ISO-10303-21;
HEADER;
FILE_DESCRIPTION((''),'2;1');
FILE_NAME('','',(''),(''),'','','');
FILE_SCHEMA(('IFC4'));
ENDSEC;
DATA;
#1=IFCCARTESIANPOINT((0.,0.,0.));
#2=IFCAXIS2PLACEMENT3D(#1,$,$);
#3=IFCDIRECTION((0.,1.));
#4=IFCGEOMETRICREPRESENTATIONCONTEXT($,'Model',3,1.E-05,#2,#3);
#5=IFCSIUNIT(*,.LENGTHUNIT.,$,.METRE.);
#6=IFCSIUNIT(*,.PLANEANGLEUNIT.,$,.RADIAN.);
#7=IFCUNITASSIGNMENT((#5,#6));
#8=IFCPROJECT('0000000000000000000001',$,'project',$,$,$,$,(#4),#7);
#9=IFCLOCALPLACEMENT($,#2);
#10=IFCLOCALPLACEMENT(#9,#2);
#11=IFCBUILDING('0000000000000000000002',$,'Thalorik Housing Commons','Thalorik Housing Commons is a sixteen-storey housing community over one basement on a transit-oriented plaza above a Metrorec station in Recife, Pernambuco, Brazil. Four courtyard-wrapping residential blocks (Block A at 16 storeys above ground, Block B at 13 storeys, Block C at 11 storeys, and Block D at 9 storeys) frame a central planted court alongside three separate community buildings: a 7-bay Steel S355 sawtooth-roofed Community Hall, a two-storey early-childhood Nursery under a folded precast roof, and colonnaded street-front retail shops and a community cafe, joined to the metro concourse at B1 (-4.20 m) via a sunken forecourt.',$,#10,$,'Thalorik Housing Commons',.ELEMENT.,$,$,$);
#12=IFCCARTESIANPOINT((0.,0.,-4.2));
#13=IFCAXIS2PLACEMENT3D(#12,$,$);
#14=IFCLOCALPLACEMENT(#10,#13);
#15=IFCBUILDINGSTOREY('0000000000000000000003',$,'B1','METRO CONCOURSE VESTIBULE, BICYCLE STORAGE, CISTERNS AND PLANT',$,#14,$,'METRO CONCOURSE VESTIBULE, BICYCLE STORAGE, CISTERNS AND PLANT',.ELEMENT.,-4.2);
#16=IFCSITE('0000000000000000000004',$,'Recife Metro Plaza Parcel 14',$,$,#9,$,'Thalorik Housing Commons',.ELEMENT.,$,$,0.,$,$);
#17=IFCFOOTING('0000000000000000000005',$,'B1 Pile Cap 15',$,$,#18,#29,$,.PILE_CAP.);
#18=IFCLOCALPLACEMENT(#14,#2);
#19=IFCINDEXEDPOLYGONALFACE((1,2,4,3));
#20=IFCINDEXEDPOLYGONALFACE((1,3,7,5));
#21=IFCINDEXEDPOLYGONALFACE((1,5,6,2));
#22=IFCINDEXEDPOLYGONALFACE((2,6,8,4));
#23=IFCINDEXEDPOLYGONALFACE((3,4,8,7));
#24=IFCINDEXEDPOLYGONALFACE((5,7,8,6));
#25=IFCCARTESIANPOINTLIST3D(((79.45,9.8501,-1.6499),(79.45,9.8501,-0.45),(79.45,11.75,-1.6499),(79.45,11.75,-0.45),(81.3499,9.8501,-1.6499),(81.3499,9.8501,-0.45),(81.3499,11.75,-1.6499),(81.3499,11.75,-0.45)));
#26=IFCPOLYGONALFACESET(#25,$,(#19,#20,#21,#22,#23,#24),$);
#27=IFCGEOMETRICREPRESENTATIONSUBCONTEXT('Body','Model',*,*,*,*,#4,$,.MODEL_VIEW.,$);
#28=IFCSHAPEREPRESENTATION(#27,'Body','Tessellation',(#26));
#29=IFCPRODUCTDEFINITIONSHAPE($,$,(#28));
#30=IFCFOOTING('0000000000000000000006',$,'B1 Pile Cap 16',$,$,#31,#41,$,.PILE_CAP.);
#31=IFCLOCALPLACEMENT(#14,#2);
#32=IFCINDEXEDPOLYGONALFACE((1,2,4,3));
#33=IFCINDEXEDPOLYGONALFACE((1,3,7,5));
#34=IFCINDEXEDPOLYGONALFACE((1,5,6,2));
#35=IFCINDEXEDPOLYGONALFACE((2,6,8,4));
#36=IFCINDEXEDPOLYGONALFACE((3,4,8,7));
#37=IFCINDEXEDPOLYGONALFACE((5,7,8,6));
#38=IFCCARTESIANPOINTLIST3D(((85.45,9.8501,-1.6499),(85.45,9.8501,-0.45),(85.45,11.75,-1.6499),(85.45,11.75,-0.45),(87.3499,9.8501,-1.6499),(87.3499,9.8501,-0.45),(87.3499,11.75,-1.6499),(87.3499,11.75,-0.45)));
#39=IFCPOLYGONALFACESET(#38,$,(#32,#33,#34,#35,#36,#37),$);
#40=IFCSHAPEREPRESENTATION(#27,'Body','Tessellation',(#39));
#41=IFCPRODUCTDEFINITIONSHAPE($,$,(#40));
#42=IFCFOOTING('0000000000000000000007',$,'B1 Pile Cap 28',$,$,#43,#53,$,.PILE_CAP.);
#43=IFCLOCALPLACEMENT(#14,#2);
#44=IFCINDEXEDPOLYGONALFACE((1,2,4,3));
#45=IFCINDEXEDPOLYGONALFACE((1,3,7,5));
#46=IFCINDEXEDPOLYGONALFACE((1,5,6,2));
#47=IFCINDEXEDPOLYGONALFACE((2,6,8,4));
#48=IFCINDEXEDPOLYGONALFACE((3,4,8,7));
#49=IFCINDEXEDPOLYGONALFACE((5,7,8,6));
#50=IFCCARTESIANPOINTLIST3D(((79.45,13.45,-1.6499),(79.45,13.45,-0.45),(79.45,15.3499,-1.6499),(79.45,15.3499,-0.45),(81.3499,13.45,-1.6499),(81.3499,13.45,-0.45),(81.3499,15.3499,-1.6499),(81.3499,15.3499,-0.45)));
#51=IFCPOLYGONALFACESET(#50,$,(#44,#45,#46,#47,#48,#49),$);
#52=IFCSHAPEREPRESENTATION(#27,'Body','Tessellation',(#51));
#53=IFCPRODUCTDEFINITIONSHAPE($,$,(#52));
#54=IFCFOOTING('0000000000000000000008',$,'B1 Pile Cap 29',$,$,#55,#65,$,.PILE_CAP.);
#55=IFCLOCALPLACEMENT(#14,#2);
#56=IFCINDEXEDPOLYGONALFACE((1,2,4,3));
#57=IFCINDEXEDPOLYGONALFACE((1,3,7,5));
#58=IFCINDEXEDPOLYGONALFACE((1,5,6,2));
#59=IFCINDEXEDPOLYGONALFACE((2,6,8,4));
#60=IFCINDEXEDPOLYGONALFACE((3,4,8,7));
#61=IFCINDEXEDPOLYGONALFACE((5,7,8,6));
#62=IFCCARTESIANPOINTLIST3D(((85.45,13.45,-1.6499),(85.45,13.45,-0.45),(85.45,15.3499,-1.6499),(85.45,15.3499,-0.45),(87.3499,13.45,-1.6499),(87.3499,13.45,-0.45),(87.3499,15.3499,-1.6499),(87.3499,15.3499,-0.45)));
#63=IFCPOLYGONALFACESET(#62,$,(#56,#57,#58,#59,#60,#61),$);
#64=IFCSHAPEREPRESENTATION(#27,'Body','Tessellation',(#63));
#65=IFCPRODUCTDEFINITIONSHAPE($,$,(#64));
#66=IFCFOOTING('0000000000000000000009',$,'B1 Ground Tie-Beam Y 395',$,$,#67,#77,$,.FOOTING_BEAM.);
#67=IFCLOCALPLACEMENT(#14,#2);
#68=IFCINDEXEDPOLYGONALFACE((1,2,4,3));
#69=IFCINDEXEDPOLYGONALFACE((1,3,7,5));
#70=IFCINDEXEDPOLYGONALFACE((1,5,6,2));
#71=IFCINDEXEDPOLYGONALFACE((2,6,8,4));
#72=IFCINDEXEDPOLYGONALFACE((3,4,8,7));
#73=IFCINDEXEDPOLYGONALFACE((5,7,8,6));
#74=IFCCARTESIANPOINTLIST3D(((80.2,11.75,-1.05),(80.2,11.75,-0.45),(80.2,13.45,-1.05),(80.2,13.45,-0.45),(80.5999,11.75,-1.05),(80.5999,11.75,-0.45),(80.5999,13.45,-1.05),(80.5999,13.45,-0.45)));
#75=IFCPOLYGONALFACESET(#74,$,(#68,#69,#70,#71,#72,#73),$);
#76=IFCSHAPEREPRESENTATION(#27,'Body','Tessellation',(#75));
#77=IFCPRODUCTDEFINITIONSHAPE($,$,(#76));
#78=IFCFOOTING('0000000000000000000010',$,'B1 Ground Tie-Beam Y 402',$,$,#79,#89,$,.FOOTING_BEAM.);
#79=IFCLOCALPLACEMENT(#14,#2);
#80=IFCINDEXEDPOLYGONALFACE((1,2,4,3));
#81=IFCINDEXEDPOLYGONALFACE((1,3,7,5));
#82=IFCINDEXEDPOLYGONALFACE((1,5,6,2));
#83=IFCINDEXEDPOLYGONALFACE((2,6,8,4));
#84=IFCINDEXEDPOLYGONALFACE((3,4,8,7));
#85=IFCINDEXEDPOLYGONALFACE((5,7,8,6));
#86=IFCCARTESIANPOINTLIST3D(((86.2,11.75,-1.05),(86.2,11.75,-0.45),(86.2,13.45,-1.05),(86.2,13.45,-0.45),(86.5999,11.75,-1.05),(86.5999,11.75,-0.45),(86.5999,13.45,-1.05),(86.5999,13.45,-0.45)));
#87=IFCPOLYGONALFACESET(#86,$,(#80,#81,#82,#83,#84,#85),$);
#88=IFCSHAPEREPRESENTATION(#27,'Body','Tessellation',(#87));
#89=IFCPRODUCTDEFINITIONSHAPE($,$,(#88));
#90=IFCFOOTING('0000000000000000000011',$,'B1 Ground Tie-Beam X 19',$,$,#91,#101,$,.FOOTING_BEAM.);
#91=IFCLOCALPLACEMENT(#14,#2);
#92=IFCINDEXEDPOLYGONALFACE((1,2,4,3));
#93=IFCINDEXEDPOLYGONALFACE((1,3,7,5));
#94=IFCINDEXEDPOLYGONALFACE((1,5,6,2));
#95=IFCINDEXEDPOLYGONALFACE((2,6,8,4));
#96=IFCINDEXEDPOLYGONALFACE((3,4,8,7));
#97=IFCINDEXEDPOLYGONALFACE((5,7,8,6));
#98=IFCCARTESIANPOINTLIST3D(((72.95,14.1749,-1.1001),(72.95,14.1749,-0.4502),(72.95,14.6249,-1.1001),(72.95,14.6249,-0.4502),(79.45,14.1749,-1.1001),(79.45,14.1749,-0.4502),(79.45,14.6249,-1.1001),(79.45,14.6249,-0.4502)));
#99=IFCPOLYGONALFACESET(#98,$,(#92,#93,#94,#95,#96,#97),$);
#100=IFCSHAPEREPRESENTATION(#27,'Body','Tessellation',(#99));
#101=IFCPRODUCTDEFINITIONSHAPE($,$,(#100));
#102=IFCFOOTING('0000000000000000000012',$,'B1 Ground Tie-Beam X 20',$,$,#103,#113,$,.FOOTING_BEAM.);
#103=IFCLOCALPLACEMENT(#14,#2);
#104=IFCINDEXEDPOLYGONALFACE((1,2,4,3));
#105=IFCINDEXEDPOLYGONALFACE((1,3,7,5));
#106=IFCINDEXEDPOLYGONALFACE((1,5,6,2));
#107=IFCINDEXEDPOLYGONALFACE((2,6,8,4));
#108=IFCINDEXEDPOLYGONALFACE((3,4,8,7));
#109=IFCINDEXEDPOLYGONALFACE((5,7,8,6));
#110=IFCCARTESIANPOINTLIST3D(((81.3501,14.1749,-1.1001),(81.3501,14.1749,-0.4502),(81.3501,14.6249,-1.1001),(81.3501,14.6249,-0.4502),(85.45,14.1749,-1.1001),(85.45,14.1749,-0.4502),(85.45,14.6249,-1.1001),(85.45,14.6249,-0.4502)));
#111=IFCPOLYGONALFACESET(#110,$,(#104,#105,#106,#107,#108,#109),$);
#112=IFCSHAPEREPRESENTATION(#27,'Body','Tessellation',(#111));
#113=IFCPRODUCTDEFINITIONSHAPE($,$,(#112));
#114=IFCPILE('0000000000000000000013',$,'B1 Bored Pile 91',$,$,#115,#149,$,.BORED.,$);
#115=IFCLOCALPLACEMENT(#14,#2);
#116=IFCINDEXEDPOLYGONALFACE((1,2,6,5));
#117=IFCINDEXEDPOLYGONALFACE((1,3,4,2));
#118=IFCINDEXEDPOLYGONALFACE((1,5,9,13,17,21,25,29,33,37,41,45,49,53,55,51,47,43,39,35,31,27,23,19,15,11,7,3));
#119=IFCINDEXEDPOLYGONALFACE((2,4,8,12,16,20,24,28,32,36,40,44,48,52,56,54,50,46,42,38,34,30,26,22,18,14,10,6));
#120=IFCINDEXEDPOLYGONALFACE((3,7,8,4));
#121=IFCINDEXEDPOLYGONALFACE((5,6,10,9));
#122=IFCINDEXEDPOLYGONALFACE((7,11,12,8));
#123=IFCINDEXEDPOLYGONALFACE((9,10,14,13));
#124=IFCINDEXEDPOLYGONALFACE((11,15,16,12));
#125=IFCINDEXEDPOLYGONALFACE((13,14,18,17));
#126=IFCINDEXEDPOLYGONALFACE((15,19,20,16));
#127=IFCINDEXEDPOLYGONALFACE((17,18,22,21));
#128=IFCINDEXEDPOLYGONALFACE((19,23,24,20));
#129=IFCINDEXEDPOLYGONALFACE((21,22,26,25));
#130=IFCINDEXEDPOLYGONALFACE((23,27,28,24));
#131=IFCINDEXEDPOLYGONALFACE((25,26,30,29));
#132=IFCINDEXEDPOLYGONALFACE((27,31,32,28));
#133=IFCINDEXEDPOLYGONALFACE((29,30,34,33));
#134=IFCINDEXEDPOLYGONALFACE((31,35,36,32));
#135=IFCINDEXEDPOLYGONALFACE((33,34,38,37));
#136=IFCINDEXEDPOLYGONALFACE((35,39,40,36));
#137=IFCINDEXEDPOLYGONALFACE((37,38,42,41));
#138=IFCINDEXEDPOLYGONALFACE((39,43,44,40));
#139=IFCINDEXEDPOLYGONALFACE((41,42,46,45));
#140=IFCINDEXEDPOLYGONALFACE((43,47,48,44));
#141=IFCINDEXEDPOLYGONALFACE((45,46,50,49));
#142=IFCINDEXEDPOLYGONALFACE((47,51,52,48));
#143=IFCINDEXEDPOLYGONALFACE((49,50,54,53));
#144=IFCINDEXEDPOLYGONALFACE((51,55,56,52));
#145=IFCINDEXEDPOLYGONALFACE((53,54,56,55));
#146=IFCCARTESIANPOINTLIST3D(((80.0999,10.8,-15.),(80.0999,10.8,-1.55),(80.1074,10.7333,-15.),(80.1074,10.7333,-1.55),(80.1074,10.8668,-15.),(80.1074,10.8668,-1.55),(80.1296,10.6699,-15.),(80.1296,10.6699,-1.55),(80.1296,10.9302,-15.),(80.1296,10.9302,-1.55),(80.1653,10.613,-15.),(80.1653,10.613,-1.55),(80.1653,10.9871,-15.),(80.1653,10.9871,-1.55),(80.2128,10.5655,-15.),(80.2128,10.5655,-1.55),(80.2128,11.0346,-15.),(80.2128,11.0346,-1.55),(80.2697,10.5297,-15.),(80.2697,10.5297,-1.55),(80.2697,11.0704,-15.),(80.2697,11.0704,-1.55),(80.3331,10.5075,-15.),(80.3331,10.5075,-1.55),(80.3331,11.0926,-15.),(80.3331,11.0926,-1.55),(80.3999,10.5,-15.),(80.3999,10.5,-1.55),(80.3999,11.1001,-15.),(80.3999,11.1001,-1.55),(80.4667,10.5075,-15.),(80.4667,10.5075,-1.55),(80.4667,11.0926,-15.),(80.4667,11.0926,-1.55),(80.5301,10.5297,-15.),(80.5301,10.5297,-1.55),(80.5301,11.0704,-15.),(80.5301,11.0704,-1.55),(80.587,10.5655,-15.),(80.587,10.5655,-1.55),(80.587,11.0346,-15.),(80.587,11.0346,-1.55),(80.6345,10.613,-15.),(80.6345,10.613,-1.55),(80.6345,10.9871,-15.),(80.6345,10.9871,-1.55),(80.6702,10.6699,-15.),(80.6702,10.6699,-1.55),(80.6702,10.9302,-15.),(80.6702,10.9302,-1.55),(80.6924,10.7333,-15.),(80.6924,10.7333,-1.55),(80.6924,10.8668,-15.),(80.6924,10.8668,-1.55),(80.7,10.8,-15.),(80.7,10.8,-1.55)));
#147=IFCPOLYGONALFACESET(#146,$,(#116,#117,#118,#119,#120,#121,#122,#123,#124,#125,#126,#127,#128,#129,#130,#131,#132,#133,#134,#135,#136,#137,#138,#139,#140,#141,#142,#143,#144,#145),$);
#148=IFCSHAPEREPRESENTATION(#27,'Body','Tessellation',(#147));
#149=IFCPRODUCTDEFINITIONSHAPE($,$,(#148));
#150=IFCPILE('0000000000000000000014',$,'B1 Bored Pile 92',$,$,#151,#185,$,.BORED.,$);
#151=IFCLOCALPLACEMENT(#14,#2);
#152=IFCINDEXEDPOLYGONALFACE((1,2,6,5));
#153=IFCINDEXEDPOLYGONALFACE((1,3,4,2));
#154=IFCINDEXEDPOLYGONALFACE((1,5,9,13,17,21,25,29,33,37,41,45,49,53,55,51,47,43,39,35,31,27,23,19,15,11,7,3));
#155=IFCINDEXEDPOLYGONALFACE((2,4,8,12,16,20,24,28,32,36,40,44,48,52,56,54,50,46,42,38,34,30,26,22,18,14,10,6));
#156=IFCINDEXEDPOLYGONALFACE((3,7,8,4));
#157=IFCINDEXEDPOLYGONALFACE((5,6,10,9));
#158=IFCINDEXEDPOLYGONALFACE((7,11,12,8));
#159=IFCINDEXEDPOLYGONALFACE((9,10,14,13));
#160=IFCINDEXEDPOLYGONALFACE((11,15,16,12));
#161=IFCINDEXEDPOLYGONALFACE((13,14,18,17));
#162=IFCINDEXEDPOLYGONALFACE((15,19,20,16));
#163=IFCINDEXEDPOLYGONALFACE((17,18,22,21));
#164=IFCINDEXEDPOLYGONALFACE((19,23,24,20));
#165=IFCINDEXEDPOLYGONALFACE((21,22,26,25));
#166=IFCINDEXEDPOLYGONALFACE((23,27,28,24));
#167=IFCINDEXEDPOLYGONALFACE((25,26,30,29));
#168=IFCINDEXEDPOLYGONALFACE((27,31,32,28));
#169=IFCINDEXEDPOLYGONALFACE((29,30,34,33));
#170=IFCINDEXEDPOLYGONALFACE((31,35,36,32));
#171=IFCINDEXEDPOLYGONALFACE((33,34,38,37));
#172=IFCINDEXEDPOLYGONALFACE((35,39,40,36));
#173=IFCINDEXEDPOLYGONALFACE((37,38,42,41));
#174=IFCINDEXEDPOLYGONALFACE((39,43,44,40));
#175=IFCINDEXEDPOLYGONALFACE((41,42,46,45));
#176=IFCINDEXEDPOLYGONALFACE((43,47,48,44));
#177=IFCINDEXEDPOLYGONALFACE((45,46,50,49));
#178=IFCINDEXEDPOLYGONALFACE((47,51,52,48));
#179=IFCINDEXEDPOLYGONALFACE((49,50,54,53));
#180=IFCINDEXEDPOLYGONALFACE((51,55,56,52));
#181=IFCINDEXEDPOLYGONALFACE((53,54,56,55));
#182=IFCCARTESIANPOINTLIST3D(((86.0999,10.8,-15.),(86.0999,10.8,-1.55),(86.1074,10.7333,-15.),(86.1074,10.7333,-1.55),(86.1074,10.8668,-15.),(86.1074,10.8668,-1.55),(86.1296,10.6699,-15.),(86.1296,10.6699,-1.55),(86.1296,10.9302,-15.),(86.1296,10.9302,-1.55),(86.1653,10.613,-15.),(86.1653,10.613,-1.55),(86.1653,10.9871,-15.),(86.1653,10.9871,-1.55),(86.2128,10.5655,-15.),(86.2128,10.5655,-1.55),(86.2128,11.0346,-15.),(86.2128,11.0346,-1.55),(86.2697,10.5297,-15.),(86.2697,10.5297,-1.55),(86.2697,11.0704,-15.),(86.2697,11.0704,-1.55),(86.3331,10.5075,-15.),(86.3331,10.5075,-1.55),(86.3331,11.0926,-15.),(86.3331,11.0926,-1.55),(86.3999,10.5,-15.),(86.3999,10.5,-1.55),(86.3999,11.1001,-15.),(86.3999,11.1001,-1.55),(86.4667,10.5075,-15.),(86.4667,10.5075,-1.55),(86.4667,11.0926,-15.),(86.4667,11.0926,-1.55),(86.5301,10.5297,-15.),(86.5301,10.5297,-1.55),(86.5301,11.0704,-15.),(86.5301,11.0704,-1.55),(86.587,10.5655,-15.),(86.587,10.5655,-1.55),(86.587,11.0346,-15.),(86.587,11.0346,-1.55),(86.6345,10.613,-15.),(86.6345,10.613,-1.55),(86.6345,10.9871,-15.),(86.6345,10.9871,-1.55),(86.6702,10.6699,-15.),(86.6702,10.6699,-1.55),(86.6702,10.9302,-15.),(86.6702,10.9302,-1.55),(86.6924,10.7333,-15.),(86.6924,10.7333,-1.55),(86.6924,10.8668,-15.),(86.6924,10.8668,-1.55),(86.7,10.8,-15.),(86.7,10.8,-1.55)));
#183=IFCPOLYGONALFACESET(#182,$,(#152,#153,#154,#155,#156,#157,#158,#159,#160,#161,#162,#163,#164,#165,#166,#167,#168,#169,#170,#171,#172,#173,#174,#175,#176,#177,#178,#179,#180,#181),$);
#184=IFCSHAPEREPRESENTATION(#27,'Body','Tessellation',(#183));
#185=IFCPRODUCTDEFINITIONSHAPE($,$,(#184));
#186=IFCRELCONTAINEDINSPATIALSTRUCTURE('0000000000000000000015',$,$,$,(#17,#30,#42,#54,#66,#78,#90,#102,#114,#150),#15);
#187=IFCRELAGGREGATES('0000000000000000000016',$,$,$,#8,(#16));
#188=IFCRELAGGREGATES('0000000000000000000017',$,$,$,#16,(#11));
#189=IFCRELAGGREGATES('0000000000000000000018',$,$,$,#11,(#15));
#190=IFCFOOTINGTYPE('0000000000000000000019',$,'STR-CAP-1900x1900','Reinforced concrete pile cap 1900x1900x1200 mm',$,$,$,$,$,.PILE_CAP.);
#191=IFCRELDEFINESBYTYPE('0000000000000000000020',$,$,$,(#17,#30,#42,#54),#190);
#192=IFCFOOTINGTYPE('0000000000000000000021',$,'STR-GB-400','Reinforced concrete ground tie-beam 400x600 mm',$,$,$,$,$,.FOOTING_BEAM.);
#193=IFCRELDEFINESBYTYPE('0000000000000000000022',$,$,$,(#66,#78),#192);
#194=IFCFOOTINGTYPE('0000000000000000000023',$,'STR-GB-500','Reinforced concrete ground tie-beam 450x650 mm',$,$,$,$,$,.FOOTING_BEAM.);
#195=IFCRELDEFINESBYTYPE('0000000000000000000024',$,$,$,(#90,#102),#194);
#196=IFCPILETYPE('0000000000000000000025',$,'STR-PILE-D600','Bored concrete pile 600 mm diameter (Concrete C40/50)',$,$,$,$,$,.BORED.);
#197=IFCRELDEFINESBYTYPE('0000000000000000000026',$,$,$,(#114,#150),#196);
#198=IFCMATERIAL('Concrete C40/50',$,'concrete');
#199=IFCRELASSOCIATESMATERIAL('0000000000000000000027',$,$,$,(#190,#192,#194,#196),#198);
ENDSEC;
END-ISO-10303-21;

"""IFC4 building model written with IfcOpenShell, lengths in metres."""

from ifc_helpers import new_model, si_unit, direction, frame, origin, origin_2d, place, context, subcontext, project, spatial, rectangle, circle, extrude, material, material_profile, profile_set, type_object, element, save


model = new_model("IFC4")

# Units and contexts
model_context = context("Model", 3, precision=1e-05, world=origin(), true_north=direction((0.0, 1.0)))
body_context = subcontext(model_context, "Body", "Model", "MODEL_VIEW")
ifc_project = project(units=[si_unit("LENGTHUNIT", "METRE"), si_unit("PLANEANGLEUNIT", "RADIAN")], contexts=[model_context])

# Site, building, storey
site_placement = place(None, origin())
site = spatial("IfcSite", under=ifc_project, at=site_placement, Name="Recife Metro Plaza Parcel 14", LongName="Thalorik Housing Commons", CompositionType="ELEMENT", RefElevation=0.0)
building_placement = place(site_placement, origin())
building = spatial("IfcBuilding", under=site, at=building_placement, Name="Thalorik Housing Commons", Description="Thalorik Housing Commons is a sixteen-storey housing community over one basement on a transit-oriented plaza above a Metrorec station in Recife, Pernambuco, Brazil. Four courtyard-wrapping residential blocks (Block A at 16 storeys above ground, Block B at 13 storeys, Block C at 11 storeys, and Block D at 9 storeys) frame a central planted court alongside three separate community buildings: a 7-bay Steel S355 sawtooth-roofed Community Hall, a two-storey early-childhood Nursery under a folded precast roof, and colonnaded street-front retail shops and a community cafe, joined to the metro concourse at B1 (-4.20 m) via a sunken forecourt.", LongName="Thalorik Housing Commons", CompositionType="ELEMENT")
storey_placement = place(building_placement, frame((0.0, 0.0, -4.2)))
storey = spatial("IfcBuildingStorey", under=building, at=storey_placement, Name="B1", Description="METRO CONCOURSE VESTIBULE, BICYCLE STORAGE, CISTERNS AND PLANT", LongName="METRO CONCOURSE VESTIBULE, BICYCLE STORAGE, CISTERNS AND PLANT", CompositionType="ELEMENT", Elevation=-4.2)

# Footings
ifc_material_1 = material(Name="Concrete C40/50", Category="concrete")
footing_type_1 = type_object("IfcFootingType", Name="STR-CAP-1900x1900", Description="Reinforced concrete pile cap 1900x1900x1200 mm", PredefinedType="PILE_CAP", material=ifc_material_1)
for number, where, z_axis, x_axis, name in (
    (1, (80.3999, 10.8, -1.6499), (0.0, 0.0, 1.0), (1.0, 0.0, 0.0), "B1 Pile Cap 15"),
    (2, (86.3999, 10.8, -1.6499), (0.0, 0.0, 1.0), (1.0, 0.0, 0.0), "B1 Pile Cap 16"),
    (3, (80.3999, 14.3999, -1.6499), (0.0, 0.0, 1.0), (1.0, 0.0, 0.0), "B1 Pile Cap 28"),
    (4, (86.3999, 14.3999, -1.6499), (0.0, 0.0, 1.0), (1.0, 0.0, 0.0), "B1 Pile Cap 29"),
):
    element("IfcFooting", number, at=place(storey_placement, frame(where, z_axis=z_axis, x_axis=x_axis)), inside=storey, type_object=footing_type_1, Name=name, PredefinedType="PILE_CAP", context=body_context, shape_type="SweptSolid", body=[
        extrude(rectangle(XDim=1.8999, YDim=1.8999, at=origin_2d()), origin(), (0.0, 0.0, 1.0), 1.2),
    ])
ifc_material_profile_1 = material_profile(ifc_material_1, rectangle(XDim=0.3999, YDim=0.6001, at=origin_2d()), Name="RC 400x600", Category="concrete")
ifc_profile_set_1 = profile_set([ifc_material_profile_1], Name="Concrete C40/50")
footing_type_2 = type_object("IfcFootingType", Name="STR-GB-400", Description="Reinforced concrete ground tie-beam 400x600 mm", PredefinedType="FOOTING_BEAM", material=ifc_profile_set_1)
for number, where, z_axis, x_axis, name in (
    (5, (80.3999, 11.75, -0.75), (0.0, 1.0, 0.0), (-1.0, 0.0, 0.0), "B1 Ground Tie-Beam Y 395"),
    (6, (86.3999, 11.75, -0.75), (0.0, 1.0, 0.0), (-1.0, 0.0, 0.0), "B1 Ground Tie-Beam Y 402"),
):
    element("IfcFooting", number, at=place(storey_placement, frame(where, z_axis=z_axis, x_axis=x_axis)), inside=storey, type_object=footing_type_2, Name=name, PredefinedType="FOOTING_BEAM", context=body_context, shape_type="SweptSolid", body=[
        extrude(rectangle(XDim=0.3999, YDim=0.6001, at=origin_2d()), origin(), (0.0, 0.0, 1.0), 1.7),
    ])
ifc_material_profile_2 = material_profile(ifc_material_1, rectangle(XDim=0.45, YDim=0.6499, at=origin_2d()), Name="RC 450x650", Category="concrete")
ifc_profile_set_2 = profile_set([ifc_material_profile_2], Name="Concrete C40/50")
footing_type_3 = type_object("IfcFootingType", Name="STR-GB-500", Description="Reinforced concrete ground tie-beam 450x650 mm", PredefinedType="FOOTING_BEAM", material=ifc_profile_set_2)
footing_1_placement = place(storey_placement, frame((72.95, 14.3999, -0.7751), z_axis=(1.0, 0.0, 0.0), x_axis=(0.0, 1.0, 0.0)))
element("IfcFooting", 7, at=footing_1_placement, inside=storey, type_object=footing_type_3, Name="B1 Ground Tie-Beam X 19", PredefinedType="FOOTING_BEAM", context=body_context, shape_type="SweptSolid", body=[
    extrude(rectangle(XDim=0.45, YDim=0.6499, at=origin_2d()), origin(), (0.0, 0.0, 1.0), 6.5),
])
footing_2_placement = place(storey_placement, frame((81.3501, 14.3999, -0.7751), z_axis=(1.0, 0.0, 0.0), x_axis=(0.0, 1.0, 0.0)))
element("IfcFooting", 8, at=footing_2_placement, inside=storey, type_object=footing_type_3, Name="B1 Ground Tie-Beam X 20", PredefinedType="FOOTING_BEAM", context=body_context, shape_type="SweptSolid", body=[
    extrude(rectangle(XDim=0.45, YDim=0.6499, at=origin_2d()), origin(), (0.0, 0.0, 1.0), 4.0999),
])

# Piles
ifc_material_profile_3 = material_profile(ifc_material_1, circle(Radius=0.3, at=origin_2d()), Name="BORED PILE D600", Category="concrete")
ifc_profile_set_3 = profile_set([ifc_material_profile_3], Name="Concrete C40/50")
pile_type = type_object("IfcPileType", Name="STR-PILE-D600", Description="Bored concrete pile 600 mm diameter (Concrete C40/50)", PredefinedType="BORED", material=ifc_profile_set_3)
for number, where, z_axis, x_axis, name in (
    (9, (80.3999, 10.8, -1.55), (0.0, 0.0, -1.0), (1.0, 0.0, 0.0), "B1 Bored Pile 91"),
    (10, (86.3999, 10.8, -1.55), (0.0, 0.0, -1.0), (1.0, 0.0, 0.0), "B1 Bored Pile 92"),
):
    element("IfcPile", number, at=place(storey_placement, frame(where, z_axis=z_axis, x_axis=x_axis)), inside=storey, type_object=pile_type, Name=name, PredefinedType="BORED", context=body_context, shape_type="SweptSolid", body=[
        extrude(circle(Radius=0.3, at=origin_2d()), origin(), (0.0, 0.0, 1.0), 13.45),
    ])

save(model, "model.ifc")
